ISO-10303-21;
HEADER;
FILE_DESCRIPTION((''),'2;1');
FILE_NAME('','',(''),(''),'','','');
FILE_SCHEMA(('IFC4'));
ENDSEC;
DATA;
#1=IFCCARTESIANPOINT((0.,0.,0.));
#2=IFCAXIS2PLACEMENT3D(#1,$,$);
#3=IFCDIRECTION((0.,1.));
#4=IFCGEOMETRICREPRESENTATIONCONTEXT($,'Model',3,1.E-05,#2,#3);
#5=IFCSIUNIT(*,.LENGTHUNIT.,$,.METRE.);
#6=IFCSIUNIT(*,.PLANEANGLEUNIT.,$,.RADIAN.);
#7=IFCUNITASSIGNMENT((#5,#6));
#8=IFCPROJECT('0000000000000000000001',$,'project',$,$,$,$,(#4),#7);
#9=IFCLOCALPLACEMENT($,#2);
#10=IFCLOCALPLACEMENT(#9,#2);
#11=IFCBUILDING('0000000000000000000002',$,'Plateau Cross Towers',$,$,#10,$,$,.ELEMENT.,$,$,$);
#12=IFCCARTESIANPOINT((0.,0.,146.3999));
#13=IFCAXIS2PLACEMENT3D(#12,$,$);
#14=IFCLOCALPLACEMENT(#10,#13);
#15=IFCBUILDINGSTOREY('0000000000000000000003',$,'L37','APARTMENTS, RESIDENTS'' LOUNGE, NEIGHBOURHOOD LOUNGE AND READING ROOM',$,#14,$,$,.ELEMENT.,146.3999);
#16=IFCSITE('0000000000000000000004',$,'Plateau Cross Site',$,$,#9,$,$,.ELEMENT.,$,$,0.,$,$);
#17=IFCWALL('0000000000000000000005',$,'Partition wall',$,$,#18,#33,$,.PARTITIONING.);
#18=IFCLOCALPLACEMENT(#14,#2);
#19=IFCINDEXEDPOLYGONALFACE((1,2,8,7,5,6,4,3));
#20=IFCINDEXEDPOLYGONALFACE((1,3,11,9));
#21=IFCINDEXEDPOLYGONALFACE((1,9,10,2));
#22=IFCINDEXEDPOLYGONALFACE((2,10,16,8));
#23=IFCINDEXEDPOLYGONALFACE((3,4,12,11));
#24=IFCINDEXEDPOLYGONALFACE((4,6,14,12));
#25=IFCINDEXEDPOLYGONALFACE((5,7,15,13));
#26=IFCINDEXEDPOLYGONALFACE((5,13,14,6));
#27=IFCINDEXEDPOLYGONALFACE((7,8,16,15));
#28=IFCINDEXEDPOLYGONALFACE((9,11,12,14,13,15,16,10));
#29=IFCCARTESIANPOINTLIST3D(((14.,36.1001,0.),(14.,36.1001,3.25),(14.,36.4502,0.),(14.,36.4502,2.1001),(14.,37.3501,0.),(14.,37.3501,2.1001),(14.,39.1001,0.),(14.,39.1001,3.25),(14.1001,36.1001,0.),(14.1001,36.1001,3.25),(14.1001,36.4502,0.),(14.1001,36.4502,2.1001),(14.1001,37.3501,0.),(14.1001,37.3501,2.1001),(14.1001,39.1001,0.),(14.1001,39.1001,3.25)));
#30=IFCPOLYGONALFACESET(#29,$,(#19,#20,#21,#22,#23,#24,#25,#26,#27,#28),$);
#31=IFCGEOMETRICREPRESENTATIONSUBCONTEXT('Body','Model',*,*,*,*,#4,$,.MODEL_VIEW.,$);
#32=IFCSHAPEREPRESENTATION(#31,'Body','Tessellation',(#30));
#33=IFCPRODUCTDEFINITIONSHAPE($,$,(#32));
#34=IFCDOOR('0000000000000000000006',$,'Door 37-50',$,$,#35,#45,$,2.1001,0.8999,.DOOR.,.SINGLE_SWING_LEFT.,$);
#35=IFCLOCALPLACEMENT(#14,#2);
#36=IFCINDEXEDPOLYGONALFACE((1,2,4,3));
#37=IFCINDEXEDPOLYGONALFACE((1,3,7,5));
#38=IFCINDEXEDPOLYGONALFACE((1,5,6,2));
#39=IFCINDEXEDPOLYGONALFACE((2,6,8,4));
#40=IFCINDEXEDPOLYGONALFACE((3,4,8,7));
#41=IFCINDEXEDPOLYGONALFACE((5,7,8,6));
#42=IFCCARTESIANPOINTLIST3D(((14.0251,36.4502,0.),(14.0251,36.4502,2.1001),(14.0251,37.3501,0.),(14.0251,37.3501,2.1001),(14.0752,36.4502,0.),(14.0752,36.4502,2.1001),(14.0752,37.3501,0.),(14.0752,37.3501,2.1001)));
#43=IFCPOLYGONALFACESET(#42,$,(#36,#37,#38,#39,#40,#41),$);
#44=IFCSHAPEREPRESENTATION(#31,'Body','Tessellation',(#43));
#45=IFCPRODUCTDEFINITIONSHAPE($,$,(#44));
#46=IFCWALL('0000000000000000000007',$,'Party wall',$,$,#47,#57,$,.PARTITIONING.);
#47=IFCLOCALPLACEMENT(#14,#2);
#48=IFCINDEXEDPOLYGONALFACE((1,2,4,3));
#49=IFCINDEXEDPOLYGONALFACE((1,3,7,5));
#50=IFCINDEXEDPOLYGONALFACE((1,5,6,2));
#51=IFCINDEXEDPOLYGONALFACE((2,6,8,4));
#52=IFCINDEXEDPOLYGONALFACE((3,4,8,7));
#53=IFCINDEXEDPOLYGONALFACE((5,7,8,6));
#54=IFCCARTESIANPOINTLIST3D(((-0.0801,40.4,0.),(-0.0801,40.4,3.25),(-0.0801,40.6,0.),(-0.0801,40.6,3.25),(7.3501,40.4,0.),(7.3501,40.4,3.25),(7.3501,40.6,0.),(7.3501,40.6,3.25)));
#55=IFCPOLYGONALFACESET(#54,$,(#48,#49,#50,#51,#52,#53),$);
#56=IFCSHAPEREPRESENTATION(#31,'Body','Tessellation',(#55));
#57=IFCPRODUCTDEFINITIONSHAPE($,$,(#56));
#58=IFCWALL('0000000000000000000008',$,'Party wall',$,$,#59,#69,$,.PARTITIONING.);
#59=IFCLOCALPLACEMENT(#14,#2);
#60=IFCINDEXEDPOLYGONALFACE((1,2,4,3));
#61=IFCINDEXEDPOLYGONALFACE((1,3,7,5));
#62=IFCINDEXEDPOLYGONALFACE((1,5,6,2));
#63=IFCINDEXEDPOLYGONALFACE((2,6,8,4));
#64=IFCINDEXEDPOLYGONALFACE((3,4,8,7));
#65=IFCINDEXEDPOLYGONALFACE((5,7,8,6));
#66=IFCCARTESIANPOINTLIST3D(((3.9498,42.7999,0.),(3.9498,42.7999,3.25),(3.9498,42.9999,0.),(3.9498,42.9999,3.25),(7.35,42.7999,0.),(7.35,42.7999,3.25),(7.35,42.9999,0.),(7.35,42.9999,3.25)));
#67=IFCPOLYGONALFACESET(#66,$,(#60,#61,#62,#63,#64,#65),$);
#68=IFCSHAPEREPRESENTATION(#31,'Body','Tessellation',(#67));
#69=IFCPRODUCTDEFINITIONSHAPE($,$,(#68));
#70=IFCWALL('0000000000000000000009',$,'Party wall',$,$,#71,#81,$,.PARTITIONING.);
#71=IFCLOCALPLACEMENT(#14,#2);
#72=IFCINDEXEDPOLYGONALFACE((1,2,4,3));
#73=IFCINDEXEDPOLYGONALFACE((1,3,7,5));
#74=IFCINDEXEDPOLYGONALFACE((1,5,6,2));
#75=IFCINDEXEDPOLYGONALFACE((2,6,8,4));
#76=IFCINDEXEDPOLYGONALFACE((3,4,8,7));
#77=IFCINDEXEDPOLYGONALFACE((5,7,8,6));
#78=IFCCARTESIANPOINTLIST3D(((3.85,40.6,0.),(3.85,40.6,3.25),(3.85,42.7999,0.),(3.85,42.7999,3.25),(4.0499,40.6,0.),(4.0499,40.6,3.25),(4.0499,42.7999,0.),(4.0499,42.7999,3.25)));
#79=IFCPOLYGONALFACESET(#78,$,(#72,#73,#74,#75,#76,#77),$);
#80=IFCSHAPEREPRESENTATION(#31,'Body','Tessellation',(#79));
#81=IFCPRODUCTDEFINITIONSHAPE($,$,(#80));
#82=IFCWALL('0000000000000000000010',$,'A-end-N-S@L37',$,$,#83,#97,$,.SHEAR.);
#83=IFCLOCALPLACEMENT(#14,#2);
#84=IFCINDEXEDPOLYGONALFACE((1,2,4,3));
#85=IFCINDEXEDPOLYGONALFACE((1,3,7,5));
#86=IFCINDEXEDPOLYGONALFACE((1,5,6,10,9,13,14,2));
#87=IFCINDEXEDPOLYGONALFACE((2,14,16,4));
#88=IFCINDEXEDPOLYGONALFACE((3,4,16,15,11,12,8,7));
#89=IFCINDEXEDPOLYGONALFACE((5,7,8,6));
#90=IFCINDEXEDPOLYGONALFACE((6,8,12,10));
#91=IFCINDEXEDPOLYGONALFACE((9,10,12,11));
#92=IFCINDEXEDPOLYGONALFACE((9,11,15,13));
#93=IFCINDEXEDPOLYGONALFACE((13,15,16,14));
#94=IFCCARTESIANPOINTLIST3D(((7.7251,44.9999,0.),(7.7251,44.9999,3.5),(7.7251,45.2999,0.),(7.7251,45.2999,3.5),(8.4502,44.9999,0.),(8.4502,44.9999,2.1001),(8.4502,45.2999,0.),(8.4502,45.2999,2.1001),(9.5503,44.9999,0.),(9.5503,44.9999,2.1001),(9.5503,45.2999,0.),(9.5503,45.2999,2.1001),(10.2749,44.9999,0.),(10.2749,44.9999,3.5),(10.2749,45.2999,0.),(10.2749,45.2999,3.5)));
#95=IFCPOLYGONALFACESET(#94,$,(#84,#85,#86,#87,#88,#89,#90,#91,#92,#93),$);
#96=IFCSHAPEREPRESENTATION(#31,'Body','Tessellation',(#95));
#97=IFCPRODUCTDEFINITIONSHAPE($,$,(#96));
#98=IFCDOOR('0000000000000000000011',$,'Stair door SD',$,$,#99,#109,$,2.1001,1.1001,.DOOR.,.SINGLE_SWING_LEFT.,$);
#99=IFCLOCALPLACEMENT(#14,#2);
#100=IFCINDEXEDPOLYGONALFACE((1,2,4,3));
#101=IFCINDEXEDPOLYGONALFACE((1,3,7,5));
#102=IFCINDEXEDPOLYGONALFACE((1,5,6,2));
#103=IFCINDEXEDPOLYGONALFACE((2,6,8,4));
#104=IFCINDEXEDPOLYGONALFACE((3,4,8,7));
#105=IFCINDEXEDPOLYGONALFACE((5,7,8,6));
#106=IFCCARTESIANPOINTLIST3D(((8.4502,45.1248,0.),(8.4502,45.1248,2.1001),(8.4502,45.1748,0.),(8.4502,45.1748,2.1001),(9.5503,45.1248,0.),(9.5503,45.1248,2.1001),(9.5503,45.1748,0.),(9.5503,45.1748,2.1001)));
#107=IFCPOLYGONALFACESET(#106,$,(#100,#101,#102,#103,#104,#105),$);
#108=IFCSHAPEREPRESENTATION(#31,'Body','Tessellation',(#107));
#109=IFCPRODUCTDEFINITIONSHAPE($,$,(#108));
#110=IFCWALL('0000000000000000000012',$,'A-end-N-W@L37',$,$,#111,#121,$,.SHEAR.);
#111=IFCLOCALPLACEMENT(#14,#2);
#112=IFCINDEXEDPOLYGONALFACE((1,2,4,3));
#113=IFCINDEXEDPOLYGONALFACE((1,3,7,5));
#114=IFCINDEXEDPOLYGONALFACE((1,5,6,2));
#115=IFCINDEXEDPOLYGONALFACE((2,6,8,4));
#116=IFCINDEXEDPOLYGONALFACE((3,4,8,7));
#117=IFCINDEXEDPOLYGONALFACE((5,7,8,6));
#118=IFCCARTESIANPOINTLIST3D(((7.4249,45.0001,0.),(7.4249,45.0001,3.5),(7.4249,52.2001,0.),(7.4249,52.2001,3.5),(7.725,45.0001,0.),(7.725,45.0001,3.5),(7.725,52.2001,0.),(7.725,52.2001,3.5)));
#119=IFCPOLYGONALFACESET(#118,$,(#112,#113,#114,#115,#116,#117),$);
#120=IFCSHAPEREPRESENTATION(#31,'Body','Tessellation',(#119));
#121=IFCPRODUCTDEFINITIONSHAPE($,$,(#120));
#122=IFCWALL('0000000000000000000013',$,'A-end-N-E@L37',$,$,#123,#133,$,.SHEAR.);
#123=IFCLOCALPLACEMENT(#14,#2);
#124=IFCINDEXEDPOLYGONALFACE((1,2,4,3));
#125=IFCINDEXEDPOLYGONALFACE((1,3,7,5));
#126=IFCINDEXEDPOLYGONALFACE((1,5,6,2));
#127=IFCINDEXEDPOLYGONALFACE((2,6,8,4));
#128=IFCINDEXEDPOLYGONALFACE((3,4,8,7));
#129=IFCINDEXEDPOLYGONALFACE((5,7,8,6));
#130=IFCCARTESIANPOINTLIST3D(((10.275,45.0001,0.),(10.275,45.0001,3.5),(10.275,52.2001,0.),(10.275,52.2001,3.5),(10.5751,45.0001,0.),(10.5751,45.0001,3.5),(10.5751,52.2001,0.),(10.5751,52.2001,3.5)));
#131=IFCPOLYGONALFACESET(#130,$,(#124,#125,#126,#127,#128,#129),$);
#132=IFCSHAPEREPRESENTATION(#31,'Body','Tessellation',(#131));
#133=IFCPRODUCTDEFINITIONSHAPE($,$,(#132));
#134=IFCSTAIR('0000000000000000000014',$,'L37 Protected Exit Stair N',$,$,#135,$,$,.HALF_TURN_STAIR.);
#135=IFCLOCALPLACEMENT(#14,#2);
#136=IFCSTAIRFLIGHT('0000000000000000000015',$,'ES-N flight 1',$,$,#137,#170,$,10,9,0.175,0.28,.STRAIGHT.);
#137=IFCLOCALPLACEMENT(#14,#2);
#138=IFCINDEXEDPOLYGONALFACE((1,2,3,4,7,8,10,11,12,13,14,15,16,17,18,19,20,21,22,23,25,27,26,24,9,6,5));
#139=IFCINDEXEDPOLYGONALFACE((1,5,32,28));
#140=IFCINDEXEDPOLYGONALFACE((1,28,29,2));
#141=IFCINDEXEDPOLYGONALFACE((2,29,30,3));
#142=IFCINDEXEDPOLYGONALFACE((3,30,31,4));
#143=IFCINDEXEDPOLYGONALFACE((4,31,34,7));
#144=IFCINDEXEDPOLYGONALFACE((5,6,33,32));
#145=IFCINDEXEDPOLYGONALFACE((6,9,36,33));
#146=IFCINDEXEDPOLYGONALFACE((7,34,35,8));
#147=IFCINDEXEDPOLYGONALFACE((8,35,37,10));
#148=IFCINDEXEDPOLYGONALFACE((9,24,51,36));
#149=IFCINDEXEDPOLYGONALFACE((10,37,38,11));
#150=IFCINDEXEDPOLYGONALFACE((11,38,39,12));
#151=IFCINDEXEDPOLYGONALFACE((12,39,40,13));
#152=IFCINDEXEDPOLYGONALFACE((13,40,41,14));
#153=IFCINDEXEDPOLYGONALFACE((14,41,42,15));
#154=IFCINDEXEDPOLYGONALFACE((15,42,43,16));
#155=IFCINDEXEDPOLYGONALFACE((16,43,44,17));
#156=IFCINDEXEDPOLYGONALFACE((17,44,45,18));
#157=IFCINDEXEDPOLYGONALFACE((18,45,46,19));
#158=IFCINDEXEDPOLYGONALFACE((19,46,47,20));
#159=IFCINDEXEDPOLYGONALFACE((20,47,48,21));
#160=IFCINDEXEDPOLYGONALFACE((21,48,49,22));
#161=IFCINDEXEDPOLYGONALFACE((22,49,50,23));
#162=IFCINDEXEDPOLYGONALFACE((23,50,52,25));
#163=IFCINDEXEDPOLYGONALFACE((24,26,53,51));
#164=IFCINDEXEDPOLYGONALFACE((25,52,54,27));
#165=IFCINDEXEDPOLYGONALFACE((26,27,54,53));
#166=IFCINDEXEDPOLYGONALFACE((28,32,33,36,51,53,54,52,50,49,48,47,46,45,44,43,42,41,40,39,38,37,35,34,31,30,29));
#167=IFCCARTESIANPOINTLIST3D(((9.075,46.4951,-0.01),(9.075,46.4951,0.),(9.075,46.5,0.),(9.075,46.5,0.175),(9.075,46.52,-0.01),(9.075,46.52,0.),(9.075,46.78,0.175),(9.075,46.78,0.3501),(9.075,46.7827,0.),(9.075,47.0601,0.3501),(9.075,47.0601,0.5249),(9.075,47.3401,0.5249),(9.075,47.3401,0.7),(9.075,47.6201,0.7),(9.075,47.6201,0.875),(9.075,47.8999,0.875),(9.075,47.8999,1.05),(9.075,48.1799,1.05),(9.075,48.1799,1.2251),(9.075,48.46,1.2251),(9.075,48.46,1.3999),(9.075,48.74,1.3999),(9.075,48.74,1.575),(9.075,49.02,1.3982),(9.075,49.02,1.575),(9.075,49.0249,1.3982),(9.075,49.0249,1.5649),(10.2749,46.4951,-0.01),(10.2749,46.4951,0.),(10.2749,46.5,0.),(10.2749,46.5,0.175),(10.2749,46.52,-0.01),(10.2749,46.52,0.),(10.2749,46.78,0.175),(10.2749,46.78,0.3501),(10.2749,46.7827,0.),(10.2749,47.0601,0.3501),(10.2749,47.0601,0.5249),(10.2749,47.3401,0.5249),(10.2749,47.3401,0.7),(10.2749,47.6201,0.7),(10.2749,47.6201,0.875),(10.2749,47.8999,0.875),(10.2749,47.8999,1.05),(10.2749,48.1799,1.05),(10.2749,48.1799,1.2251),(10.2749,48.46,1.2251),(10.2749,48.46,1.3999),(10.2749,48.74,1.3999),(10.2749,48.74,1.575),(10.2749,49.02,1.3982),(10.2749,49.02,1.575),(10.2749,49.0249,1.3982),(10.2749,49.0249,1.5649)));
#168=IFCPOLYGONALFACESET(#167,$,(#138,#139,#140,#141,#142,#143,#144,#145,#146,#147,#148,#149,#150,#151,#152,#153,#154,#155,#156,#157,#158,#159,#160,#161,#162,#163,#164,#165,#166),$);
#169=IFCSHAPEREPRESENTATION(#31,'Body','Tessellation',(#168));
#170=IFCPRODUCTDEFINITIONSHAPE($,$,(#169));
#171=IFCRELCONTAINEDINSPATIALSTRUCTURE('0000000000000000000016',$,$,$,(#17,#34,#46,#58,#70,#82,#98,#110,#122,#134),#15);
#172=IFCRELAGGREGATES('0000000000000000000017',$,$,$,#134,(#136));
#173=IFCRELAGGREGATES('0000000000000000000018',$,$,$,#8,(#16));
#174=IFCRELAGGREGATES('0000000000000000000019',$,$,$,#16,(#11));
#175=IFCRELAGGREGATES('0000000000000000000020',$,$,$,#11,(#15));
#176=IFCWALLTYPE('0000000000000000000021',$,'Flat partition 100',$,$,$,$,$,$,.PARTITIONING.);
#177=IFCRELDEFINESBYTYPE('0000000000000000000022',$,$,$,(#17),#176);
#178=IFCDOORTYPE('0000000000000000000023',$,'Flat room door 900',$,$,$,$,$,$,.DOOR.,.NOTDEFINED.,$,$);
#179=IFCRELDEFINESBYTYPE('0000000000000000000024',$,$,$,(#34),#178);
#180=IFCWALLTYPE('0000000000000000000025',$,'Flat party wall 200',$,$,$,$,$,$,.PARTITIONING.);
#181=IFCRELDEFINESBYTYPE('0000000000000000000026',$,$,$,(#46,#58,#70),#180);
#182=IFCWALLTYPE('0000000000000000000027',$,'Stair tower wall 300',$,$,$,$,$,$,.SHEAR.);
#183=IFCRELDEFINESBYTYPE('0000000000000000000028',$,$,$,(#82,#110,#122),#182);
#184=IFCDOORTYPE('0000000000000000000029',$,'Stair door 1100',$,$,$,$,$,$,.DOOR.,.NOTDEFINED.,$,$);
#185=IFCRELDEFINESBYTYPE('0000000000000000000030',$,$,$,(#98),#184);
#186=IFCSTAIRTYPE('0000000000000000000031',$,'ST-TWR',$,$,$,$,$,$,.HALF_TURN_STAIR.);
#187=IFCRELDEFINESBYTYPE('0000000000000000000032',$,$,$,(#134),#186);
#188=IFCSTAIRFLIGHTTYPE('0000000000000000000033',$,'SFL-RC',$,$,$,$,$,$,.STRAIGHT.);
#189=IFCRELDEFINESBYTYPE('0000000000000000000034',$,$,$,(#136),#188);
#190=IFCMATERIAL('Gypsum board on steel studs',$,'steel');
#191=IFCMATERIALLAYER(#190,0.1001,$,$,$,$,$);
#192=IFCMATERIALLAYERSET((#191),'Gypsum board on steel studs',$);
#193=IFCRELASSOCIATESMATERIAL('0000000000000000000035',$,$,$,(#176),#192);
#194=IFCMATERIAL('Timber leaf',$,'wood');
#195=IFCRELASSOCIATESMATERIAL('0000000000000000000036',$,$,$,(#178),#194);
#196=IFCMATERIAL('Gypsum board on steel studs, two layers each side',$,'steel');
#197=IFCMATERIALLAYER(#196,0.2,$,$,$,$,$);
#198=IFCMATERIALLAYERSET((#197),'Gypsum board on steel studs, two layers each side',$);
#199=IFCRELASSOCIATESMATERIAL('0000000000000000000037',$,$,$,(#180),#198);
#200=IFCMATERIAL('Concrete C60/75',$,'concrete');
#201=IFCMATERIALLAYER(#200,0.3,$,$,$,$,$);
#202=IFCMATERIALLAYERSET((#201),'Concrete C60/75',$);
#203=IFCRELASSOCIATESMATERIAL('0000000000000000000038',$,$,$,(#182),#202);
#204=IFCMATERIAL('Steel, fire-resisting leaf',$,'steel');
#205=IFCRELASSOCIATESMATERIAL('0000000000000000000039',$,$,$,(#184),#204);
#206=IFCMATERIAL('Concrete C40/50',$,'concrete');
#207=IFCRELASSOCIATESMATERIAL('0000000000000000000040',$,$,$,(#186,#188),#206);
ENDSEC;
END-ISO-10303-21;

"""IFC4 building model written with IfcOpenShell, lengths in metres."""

from ifc_helpers import new_model, si_unit, direction, frame, frame_2d, origin, place, context, subcontext, project, spatial, polyline, rectangle, outline, extrude, material, layer, layer_set, type_object, element, fill, aggregate, save


model = new_model("IFC4")

# Units and contexts
model_context = context("Model", 3, precision=1e-05, world=origin(), true_north=direction((0.0, 1.0)))
body_context = subcontext(model_context, "Body", "Model", "MODEL_VIEW")
ifc_project = project(units=[si_unit("LENGTHUNIT", "METRE"), si_unit("PLANEANGLEUNIT", "RADIAN")], contexts=[model_context])

# Site, building, storey
site_placement = place(None, origin())
site = spatial("IfcSite", under=ifc_project, at=site_placement, Name="Plateau Cross Site", CompositionType="ELEMENT", RefElevation=0.0)
building_placement = place(site_placement, origin())
building = spatial("IfcBuilding", under=site, at=building_placement, Name="Plateau Cross Towers", CompositionType="ELEMENT")
storey_placement = place(building_placement, frame((0.0, 0.0, 146.3999)))
storey = spatial("IfcBuildingStorey", under=building, at=storey_placement, Name="L37", Description="APARTMENTS, RESIDENTS' LOUNGE, NEIGHBOURHOOD LOUNGE AND READING ROOM", CompositionType="ELEMENT", Elevation=146.3999)

# Shared definitions
ifc_material_1 = material(Name="Gypsum board on steel studs", Category="steel")
ifc_layer_1 = layer(ifc_material_1, 0.1001)
ifc_layer_set_1 = layer_set([ifc_layer_1], Name="Gypsum board on steel studs")
wall_type_1 = type_object("IfcWallType", Name="Flat partition 100", PredefinedType="PARTITIONING", material=ifc_layer_set_1)

# Shared definitions
ifc_material_2 = material(Name="Timber leaf", Category="wood")
door_type_1 = type_object("IfcDoorType", Name="Flat room door 900", OperationType="NOTDEFINED", PredefinedType="DOOR", material=ifc_material_2)

# Wall, opening, door
wall_1_placement = place(storey_placement, frame((14.05, 36.1001, 0.0), z_axis=(0.0, 0.0, 1.0), x_axis=(0.0, 1.0, 0.0)))
wall_1 = element("IfcWall", 1, at=wall_1_placement, inside=storey, type_object=wall_type_1, Name="Partition wall", PredefinedType="PARTITIONING", context=body_context, shape_type="SweptSolid", body=[
    extrude(rectangle(XDim=3.0, YDim=0.1001, at=frame_2d((1.5, 0.0))), origin(), (0.0, 0.0, 1.0), 3.25),
])
opening_1_placement = place(wall_1_placement, frame((0.3501, 0.0, 0.0)))
opening_1 = element("IfcOpeningElement", 2, at=opening_1_placement, cuts=wall_1, PredefinedType="OPENING", context=body_context, shape_type="SweptSolid", body=[
    extrude(rectangle(XDim=0.8999, YDim=2.1001, at=frame_2d((0.45, 1.05))), frame((0.0, 0.0601, 0.0), z_axis=(0.0, -1.0, 0.0), x_axis=(1.0, 0.0, 0.0)), (0.0, 0.0, 1.0), 0.1201),
])
door_1_placement = place(opening_1_placement, origin())
door_1 = element("IfcDoor", 3, at=door_1_placement, inside=storey, type_object=door_type_1, Name="Door 37-50", OperationType="SINGLE_SWING_LEFT", OverallHeight=2.1001, OverallWidth=0.8999, PredefinedType="DOOR", context=body_context, shape_type="SweptSolid", body=[
    extrude(rectangle(XDim=0.8999, YDim=2.1001, at=frame_2d((0.45, 1.05))), frame((0.0, 0.0249, 0.0), z_axis=(0.0, -1.0, 0.0), x_axis=(1.0, 0.0, 0.0)), (0.0, 0.0, 1.0), 0.05),
])
fill(opening_1, door_1)

# Walls
ifc_material_3 = material(Name="Gypsum board on steel studs, two layers each side", Category="steel")
ifc_layer_2 = layer(ifc_material_3, 0.2)
ifc_layer_set_2 = layer_set([ifc_layer_2], Name="Gypsum board on steel studs, two layers each side")
wall_type_2 = type_object("IfcWallType", Name="Flat party wall 200", PredefinedType="PARTITIONING", material=ifc_layer_set_2)
wall_2_placement = place(storey_placement, frame((7.3501, 40.5, 0.0), z_axis=(0.0, 0.0, 1.0), x_axis=(-1.0, 0.0, 0.0)))
element("IfcWall", 4, at=wall_2_placement, inside=storey, type_object=wall_type_2, Name="Party wall", PredefinedType="PARTITIONING", context=body_context, shape_type="SweptSolid", body=[
    extrude(rectangle(XDim=7.4302, YDim=0.2, at=frame_2d((3.7151, 0.0))), origin(), (0.0, 0.0, 1.0), 3.25),
])
wall_3_placement = place(storey_placement, frame((7.3501, 42.8999, 0.0), z_axis=(0.0, 0.0, 1.0), x_axis=(-1.0, 0.0, 0.0)))
element("IfcWall", 5, at=wall_3_placement, inside=storey, type_object=wall_type_2, Name="Party wall", PredefinedType="PARTITIONING", context=body_context, shape_type="SweptSolid", body=[
    extrude(rectangle(XDim=3.4001, YDim=0.2, at=frame_2d((1.7002, 0.0))), origin(), (0.0, 0.0, 1.0), 3.25),
])
wall_4_placement = place(storey_placement, frame((3.95, 42.8, 0.0), z_axis=(0.0, 0.0, 1.0), x_axis=(0.0, -1.0, 0.0)))
element("IfcWall", 6, at=wall_4_placement, inside=storey, type_object=wall_type_2, Name="Party wall", PredefinedType="PARTITIONING", context=body_context, shape_type="SweptSolid", body=[
    extrude(rectangle(XDim=2.2, YDim=0.2, at=frame_2d((1.1001, 0.0))), origin(), (0.0, 0.0, 1.0), 3.25),
])

# Wall, opening, door
ifc_material_4 = material(Name="Concrete C60/75", Category="concrete")
ifc_layer_3 = layer(ifc_material_4, 0.3)
ifc_layer_set_3 = layer_set([ifc_layer_3], Name="Concrete C60/75")
wall_type_3 = type_object("IfcWallType", Name="Stair tower wall 300", PredefinedType="SHEAR", material=ifc_layer_set_3)
wall_5_placement = place(storey_placement, frame((7.7251, 45.1499, 0.0), z_axis=(0.0, 0.0, 1.0), x_axis=(1.0, 0.0, 0.0)))
wall_5 = element("IfcWall", 7, at=wall_5_placement, inside=storey, type_object=wall_type_3, Name="A-end-N-S@L37", PredefinedType="SHEAR", context=body_context, shape_type="SweptSolid", body=[
    extrude(rectangle(XDim=2.5498, YDim=0.3, at=frame_2d((1.2749, 0.0))), origin(), (0.0, 0.0, 1.0), 3.5),
])
opening_2_placement = place(wall_5_placement, frame((0.7251, 0.0, 0.0)))
opening_2 = element("IfcOpeningElement", 8, at=opening_2_placement, cuts=wall_5, PredefinedType="OPENING", context=body_context, shape_type="SweptSolid", body=[
    extrude(rectangle(XDim=1.1001, YDim=2.1001, at=frame_2d((0.55, 1.05))), frame((0.0, 0.1599, 0.0), z_axis=(0.0, -1.0, 0.0), x_axis=(1.0, 0.0, 0.0)), (0.0, 0.0, 1.0), 0.3201),
])
ifc_material_5 = material(Name="Steel, fire-resisting leaf", Category="steel")
door_type_2 = type_object("IfcDoorType", Name="Stair door 1100", OperationType="NOTDEFINED", PredefinedType="DOOR", material=ifc_material_5)
door_2_placement = place(opening_2_placement, origin())
door_2 = element("IfcDoor", 9, at=door_2_placement, inside=storey, type_object=door_type_2, Name="Stair door SD", OperationType="SINGLE_SWING_LEFT", OverallHeight=2.1001, OverallWidth=1.1001, PredefinedType="DOOR", context=body_context, shape_type="SweptSolid", body=[
    extrude(rectangle(XDim=1.1001, YDim=2.1001, at=frame_2d((0.55, 1.05))), frame((0.0, 0.0249, 0.0), z_axis=(0.0, -1.0, 0.0), x_axis=(1.0, 0.0, 0.0)), (0.0, 0.0, 1.0), 0.05),
])
fill(opening_2, door_2)

# Walls
for number, where, z_axis, x_axis, name in (
    (10, (7.575, 45.0, 0.0), (0.0, 0.0, 1.0), (0.0, 1.0, 0.0), "A-end-N-W@L37"),
    (11, (10.425, 45.0, 0.0), (0.0, 0.0, 1.0), (0.0, 1.0, 0.0), "A-end-N-E@L37"),
):
    element("IfcWall", number, at=place(storey_placement, frame(where, z_axis=z_axis, x_axis=x_axis)), inside=storey, type_object=wall_type_3, Name=name, PredefinedType="SHEAR", context=body_context, shape_type="SweptSolid", body=[
        extrude(rectangle(XDim=7.2, YDim=0.3, at=frame_2d((3.6001, 0.0))), origin(), (0.0, 0.0, 1.0), 3.5),
    ])

# Stair, stair flight
ifc_material_6 = material(Name="Concrete C40/50", Category="concrete")
stair_type = type_object("IfcStairType", Name="ST-TWR", PredefinedType="HALF_TURN_STAIR", material=ifc_material_6)
stair_placement = place(storey_placement, origin())
stair = element("IfcStair", 12, at=stair_placement, inside=storey, type_object=stair_type, Name="L37 Protected Exit Stair N", PredefinedType="HALF_TURN_STAIR")
stair_flight_type = type_object("IfcStairFlightType", Name="SFL-RC", PredefinedType="STRAIGHT", material=ifc_material_6)
stair_flight_placement = place(storey_placement, frame((9.675, 46.5, 0.0), z_axis=(0.0, 0.0, 1.0), x_axis=(0.0, 1.0, 0.0)))
stair_flight = element("IfcStairFlight", 13, at=stair_flight_placement, type_object=stair_flight_type, Name="ES-N flight 1", NumberOfRisers=10, NumberOfTreads=9, PredefinedType="STRAIGHT", RiserHeight=0.175, TreadLength=0.28, context=body_context, shape_type="SweptSolid", body=[
    extrude(outline(polyline([(-0.0049, -0.01), (-0.0049, 0.0), (0.0, 0.0), (0.0, 0.175), (0.28, 0.175), (0.28, 0.3501), (0.5601, 0.3501), (0.5601, 0.5249), (0.8401, 0.5249), (0.8401, 0.7), (1.1201, 0.7), (1.1201, 0.875), (1.3999, 0.875), (1.3999, 1.05), (1.6799, 1.05), (1.6799, 1.2251), (1.96, 1.2251), (1.96, 1.3999), (2.24, 1.3999), (2.24, 1.575), (2.52, 1.575), (2.5249, 1.5649), (2.5249, 1.3982), (2.52, 1.3982), (0.2827, 0.0), (0.02, 0.0), (0.02, -0.01), (-0.0049, -0.01)])), frame((0.0, 0.6001, 0.0), z_axis=(0.0, -1.0, 0.0), x_axis=(1.0, 0.0, 0.0)), (0.0, 0.0, 1.0), 1.2),
])
aggregate(stair, [stair_flight])

save(model, "model.ifc")
